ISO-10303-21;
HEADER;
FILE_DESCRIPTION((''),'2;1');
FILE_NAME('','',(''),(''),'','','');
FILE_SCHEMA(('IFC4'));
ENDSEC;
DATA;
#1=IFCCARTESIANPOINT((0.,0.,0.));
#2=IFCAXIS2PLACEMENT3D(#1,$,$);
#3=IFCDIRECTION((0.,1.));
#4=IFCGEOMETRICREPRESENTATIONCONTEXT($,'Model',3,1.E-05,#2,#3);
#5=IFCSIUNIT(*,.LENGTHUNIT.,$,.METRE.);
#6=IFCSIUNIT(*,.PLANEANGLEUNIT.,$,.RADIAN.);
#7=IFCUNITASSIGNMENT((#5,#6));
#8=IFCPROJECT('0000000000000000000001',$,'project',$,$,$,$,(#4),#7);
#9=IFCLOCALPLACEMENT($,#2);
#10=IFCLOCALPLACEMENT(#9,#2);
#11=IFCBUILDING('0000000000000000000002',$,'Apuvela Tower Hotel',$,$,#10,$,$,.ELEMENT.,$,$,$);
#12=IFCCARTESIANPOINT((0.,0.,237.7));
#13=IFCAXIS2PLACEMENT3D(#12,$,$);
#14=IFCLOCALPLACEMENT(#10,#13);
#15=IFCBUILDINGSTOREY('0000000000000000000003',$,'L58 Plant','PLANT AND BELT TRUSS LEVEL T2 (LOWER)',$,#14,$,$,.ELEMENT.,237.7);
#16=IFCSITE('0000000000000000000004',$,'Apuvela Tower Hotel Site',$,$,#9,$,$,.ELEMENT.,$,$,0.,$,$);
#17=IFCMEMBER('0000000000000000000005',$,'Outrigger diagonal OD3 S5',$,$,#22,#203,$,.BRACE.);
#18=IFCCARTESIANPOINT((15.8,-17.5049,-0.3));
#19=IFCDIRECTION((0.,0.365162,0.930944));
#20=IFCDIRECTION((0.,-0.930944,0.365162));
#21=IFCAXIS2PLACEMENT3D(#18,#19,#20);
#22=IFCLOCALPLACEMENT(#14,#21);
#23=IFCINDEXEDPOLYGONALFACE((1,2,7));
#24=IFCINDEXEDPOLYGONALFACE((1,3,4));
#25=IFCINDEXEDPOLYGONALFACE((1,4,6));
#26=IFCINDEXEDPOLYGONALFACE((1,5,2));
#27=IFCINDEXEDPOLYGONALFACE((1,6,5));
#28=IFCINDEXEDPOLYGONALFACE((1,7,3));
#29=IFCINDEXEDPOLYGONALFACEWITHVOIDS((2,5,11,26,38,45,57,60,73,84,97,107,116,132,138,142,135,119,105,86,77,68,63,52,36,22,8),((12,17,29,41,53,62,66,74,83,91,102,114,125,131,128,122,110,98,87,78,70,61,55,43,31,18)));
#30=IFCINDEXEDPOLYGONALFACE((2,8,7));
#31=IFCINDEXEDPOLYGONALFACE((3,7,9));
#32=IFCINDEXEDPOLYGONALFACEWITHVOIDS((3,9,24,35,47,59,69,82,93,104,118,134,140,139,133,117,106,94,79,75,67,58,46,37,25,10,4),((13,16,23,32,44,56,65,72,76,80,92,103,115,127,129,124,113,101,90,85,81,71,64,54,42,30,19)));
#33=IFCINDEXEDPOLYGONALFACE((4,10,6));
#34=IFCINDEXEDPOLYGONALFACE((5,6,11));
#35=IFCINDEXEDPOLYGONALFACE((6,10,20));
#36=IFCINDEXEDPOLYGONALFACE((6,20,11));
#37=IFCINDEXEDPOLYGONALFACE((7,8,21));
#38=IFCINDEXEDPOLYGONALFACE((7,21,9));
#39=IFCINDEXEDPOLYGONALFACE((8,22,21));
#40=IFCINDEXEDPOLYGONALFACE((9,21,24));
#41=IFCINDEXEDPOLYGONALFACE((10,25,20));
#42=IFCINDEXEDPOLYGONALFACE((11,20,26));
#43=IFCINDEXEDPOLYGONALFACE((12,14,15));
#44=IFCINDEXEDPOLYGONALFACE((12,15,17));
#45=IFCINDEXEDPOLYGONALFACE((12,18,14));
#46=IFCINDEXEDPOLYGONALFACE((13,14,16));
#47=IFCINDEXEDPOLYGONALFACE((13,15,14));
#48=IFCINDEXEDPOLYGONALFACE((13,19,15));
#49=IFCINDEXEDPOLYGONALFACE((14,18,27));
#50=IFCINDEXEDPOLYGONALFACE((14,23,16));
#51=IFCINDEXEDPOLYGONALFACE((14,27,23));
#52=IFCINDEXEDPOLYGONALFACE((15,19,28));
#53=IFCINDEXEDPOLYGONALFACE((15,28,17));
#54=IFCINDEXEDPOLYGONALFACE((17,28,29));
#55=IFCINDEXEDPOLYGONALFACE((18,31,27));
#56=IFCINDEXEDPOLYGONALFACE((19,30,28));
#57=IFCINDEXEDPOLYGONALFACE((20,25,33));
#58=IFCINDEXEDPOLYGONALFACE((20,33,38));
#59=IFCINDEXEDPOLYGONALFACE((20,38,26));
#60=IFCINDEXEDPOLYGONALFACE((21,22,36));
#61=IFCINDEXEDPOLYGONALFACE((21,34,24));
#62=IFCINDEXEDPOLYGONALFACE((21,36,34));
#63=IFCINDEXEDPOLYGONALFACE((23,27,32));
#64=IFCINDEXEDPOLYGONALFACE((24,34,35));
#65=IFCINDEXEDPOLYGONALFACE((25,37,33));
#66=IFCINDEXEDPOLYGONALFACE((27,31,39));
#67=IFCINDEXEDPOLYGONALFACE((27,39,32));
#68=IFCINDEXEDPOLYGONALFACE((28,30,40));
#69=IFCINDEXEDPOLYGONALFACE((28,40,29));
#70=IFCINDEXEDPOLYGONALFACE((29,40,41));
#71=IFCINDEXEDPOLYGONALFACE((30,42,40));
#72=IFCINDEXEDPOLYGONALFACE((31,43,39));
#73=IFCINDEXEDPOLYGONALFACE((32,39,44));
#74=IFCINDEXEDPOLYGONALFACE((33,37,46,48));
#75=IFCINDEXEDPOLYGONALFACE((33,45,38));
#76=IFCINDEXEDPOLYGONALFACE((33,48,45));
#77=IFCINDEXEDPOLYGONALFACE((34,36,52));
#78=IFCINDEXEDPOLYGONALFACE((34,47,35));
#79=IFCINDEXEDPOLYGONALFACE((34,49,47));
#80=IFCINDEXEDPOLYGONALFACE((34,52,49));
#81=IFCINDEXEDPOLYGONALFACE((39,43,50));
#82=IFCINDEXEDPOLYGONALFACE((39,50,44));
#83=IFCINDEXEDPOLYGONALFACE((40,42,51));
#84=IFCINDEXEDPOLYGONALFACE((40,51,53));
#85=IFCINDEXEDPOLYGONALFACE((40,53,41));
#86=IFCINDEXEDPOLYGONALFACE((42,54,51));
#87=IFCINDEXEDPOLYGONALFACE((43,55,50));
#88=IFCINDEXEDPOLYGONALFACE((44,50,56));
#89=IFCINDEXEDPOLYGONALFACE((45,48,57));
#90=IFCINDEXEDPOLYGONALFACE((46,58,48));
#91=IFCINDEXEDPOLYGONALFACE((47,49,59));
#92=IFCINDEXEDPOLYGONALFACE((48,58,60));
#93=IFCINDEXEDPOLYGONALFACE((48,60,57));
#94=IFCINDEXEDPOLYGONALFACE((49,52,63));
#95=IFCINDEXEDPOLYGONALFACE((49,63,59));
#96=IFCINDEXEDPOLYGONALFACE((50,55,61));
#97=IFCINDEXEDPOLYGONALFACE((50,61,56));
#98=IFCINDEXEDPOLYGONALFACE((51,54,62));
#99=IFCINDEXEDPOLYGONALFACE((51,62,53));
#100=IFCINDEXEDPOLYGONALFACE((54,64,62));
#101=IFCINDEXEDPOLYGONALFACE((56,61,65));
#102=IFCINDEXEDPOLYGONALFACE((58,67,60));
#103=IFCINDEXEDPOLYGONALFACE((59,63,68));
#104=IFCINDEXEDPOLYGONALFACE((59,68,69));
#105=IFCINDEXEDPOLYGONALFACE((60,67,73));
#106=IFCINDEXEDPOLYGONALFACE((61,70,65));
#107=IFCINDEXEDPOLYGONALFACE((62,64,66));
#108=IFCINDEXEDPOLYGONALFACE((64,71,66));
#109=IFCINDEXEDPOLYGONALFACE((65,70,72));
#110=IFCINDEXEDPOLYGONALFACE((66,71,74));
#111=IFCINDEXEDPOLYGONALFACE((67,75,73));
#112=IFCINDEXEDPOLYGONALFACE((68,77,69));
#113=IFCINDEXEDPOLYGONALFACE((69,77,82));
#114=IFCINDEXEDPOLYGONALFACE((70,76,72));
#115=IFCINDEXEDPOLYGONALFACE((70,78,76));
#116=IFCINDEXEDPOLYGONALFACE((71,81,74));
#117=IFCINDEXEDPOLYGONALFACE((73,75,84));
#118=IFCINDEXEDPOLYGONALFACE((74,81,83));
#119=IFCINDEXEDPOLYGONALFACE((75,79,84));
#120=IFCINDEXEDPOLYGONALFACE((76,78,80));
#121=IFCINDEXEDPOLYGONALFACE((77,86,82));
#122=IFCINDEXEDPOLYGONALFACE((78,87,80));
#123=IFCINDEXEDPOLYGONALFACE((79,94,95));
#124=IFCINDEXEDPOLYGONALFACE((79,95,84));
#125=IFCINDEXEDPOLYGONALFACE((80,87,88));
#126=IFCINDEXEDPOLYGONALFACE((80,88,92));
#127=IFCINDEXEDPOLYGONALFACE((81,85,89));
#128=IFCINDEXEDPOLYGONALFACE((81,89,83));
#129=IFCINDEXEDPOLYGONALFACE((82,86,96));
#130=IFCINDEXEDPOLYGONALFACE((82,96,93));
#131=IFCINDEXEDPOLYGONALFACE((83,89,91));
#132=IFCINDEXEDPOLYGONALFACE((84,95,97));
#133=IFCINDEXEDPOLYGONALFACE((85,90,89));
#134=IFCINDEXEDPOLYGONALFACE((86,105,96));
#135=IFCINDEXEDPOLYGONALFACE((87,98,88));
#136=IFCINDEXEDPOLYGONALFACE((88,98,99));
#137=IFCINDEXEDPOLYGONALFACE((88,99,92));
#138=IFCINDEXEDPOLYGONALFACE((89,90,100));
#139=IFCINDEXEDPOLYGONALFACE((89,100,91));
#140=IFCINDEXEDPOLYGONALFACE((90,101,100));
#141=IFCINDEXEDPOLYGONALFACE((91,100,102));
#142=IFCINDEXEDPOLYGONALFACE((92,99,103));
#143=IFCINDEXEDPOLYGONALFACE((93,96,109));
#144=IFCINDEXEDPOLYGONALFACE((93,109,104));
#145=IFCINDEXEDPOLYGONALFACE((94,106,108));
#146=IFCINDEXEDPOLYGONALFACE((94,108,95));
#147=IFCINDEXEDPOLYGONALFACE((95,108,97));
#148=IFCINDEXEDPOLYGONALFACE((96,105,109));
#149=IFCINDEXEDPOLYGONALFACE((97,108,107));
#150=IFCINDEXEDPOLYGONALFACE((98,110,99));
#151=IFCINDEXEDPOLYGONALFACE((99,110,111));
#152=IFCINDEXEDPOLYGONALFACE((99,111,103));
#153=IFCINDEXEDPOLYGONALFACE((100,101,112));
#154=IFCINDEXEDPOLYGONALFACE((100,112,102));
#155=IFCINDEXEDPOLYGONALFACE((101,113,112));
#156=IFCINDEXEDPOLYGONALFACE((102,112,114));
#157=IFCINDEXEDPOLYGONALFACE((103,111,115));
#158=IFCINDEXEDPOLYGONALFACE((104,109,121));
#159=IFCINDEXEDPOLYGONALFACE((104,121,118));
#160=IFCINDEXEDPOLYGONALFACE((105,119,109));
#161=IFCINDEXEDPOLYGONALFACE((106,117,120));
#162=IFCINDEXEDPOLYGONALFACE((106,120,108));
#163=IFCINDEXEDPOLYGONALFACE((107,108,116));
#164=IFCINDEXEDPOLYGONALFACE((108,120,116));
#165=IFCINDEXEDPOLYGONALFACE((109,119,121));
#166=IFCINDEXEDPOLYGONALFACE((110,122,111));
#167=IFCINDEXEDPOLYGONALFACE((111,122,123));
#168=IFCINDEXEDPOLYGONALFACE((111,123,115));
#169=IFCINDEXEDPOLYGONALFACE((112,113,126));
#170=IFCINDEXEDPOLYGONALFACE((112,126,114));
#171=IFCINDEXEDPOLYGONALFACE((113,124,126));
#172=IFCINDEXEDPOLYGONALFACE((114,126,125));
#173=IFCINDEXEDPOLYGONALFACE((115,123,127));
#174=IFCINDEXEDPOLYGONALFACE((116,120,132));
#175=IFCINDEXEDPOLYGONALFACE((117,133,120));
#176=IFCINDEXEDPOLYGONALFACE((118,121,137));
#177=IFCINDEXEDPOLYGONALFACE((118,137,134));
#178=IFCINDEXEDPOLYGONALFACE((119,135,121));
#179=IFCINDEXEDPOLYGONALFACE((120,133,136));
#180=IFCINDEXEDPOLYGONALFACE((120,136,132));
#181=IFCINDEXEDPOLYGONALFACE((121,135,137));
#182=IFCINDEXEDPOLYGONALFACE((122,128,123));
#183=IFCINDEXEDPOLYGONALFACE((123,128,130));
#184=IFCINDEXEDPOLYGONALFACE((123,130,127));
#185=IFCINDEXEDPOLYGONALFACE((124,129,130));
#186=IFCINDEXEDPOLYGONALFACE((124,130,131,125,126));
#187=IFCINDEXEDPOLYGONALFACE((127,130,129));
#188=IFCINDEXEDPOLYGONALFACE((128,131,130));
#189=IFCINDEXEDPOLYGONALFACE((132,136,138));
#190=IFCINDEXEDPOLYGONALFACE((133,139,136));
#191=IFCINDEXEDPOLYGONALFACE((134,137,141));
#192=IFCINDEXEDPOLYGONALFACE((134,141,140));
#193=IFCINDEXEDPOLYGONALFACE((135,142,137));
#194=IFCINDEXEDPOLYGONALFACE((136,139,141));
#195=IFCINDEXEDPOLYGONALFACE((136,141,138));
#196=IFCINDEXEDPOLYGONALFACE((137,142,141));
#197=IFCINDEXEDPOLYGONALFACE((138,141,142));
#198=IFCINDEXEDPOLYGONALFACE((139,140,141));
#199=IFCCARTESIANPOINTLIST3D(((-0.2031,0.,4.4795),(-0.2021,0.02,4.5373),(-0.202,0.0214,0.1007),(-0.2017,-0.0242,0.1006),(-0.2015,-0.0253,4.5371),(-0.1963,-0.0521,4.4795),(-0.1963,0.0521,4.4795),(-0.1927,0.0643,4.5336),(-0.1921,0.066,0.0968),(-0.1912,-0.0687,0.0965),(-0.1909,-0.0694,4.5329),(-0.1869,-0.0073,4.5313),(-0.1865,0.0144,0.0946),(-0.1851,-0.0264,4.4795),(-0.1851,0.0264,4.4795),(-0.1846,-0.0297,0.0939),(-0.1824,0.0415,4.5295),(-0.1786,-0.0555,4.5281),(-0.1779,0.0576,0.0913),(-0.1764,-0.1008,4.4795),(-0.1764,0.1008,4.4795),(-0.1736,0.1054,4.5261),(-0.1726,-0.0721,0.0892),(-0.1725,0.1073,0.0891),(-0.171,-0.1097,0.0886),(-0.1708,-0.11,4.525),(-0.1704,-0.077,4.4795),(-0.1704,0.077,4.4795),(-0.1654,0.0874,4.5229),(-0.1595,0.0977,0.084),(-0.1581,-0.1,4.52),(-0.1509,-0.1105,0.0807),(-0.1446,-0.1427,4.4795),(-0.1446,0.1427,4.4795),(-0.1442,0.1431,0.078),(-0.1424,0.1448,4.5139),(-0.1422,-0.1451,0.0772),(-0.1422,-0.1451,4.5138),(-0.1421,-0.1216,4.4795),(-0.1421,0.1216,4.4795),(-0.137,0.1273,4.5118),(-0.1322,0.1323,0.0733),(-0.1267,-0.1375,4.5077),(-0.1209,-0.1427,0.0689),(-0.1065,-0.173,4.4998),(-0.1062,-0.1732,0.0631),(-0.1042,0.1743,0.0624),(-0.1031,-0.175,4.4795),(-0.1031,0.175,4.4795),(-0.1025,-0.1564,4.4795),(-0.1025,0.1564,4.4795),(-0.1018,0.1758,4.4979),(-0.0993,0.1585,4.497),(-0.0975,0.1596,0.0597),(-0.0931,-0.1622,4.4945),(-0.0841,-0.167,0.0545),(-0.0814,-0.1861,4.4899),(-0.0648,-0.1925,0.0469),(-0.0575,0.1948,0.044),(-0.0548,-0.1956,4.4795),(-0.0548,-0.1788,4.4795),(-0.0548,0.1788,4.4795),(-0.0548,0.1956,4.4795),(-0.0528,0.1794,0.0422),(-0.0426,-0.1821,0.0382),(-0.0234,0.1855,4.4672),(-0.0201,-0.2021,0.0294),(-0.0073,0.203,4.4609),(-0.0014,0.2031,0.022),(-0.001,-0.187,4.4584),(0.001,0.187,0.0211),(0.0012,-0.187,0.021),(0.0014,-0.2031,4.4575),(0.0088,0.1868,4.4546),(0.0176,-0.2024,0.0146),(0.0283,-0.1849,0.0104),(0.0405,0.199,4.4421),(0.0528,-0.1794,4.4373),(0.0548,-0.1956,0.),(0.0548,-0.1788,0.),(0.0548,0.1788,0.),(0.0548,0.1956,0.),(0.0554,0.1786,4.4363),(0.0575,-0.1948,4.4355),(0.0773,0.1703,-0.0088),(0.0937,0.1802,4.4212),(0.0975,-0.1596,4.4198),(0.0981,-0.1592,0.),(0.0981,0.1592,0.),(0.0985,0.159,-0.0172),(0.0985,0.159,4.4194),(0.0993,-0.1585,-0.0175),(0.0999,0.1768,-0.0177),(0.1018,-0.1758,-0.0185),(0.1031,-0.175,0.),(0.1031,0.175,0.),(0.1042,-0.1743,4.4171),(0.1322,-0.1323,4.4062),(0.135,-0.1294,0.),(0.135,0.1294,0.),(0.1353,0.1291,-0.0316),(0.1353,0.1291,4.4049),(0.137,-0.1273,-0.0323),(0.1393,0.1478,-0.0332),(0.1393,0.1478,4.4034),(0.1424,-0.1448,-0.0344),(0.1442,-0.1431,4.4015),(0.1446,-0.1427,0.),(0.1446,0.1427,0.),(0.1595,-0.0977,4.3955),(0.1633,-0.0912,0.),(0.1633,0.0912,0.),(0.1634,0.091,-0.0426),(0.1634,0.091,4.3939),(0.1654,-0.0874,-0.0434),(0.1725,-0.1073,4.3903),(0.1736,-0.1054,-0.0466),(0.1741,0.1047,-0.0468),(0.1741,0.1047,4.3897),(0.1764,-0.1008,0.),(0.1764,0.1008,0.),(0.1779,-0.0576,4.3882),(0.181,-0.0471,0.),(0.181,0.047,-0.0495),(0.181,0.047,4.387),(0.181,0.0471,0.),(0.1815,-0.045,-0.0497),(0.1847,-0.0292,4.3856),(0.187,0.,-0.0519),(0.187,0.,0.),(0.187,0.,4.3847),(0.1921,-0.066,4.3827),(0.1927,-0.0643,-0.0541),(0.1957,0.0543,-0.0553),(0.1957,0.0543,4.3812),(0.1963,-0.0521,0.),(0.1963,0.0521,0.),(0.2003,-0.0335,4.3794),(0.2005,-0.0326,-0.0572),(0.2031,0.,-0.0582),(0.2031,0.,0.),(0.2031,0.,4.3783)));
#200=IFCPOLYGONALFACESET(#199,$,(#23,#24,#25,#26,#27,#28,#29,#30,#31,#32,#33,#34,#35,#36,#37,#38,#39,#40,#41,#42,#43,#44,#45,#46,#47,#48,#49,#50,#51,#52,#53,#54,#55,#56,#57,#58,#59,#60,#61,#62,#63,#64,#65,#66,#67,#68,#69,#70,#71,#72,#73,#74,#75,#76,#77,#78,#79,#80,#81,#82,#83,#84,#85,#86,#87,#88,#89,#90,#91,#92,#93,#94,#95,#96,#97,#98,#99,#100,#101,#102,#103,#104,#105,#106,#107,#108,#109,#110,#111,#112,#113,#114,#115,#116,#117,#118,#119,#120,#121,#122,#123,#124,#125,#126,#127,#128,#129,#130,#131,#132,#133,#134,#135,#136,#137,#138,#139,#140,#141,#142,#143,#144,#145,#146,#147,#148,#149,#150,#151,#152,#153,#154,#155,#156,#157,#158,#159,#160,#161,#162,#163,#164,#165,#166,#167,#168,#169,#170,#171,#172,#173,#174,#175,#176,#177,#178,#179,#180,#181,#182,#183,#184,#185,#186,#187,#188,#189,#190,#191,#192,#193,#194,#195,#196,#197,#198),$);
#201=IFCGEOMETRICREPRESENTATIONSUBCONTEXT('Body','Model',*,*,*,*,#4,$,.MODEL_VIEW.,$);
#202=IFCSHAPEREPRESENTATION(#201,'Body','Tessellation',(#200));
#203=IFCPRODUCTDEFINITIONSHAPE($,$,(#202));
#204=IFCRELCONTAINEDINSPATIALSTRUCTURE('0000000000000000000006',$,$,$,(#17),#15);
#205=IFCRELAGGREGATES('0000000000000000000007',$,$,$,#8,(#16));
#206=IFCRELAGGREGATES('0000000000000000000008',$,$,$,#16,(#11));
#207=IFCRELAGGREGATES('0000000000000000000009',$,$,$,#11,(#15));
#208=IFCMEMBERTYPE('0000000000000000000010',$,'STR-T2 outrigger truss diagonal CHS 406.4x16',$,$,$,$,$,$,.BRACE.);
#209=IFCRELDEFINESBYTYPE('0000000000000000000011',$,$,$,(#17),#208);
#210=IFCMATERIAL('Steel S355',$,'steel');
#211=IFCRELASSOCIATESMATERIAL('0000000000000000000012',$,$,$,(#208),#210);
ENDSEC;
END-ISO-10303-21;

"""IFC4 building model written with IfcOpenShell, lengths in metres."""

from ifc_helpers import new_model, si_unit, direction, frame, origin, origin_2d, place, context, subcontext, project, spatial, hollow_circle, extrude, boolean, halfspace, material, material_profile, profile_set, type_object, element, save


model = new_model("IFC4")

# Units and contexts
model_context = context("Model", 3, precision=1e-05, world=origin(), true_north=direction((0.0, 1.0)))
body_context = subcontext(model_context, "Body", "Model", "MODEL_VIEW")
ifc_project = project(units=[si_unit("LENGTHUNIT", "METRE"), si_unit("PLANEANGLEUNIT", "RADIAN")], contexts=[model_context])

# Site, building, storey
site_placement = place(None, origin())
site = spatial("IfcSite", under=ifc_project, at=site_placement, Name="Apuvela Tower Hotel Site", CompositionType="ELEMENT", RefElevation=0.0)
building_placement = place(site_placement, origin())
building = spatial("IfcBuilding", under=site, at=building_placement, Name="Apuvela Tower Hotel", CompositionType="ELEMENT")
storey_placement = place(building_placement, frame((0.0, 0.0, 237.7)))
storey = spatial("IfcBuildingStorey", under=building, at=storey_placement, Name="L58 Plant", Description="PLANT AND BELT TRUSS LEVEL T2 (LOWER)", CompositionType="ELEMENT", Elevation=237.7)

# Member
ifc_material_1 = material(Name="Steel S355", Category="steel")
ifc_material_profile_1 = material_profile(ifc_material_1, hollow_circle(Radius=0.2031, WallThickness=0.0161, at=origin_2d()), Name="CHS 406.4x16")
ifc_profile_set_1 = profile_set([ifc_material_profile_1], Name="Steel S355")
member_type_1 = type_object("IfcMemberType", Name="STR-T2 outrigger truss diagonal CHS 406.4x16", PredefinedType="BRACE", material=ifc_profile_set_1)
member_1_placement = place(storey_placement, frame((15.8, -17.5049, -0.3), z_axis=(0.0, 0.365162, 0.930944), x_axis=(0.0, -0.930944, 0.365162)))
solid_1 = boolean("DIFFERENCE", boolean("DIFFERENCE", extrude(hollow_circle(Radius=0.2031, WallThickness=0.0161, at=origin_2d()), frame((0.0, 0.0, -0.1997)), (0.0, 0.0, 1.0), 4.8789), halfspace(frame((0.0, 0.0, 0.0215), z_axis=(0.365162, 0.0, 0.930944), x_axis=(0.930944, 0.0, -0.365162)), True)), halfspace(frame((0.0, 0.0, 4.458), z_axis=(0.365162, 0.0, 0.930944), x_axis=(0.930944, 0.0, -0.365162)), False))
element("IfcMember", 1, at=member_1_placement, inside=storey, type_object=member_type_1, Name="Outrigger diagonal OD3 S5", PredefinedType="BRACE", context=body_context, shape_type="SweptSolid", body=[
    boolean("UNION", boolean("DIFFERENCE", boolean("DIFFERENCE", extrude(hollow_circle(Radius=0.2031, WallThickness=0.0161, at=origin_2d()), origin(), (0.0, 0.0, 1.0), 4.4795), halfspace(frame((0.0, 0.0, 0.0215), z_axis=(0.365162, 0.0, 0.930944), x_axis=(0.930944, 0.0, -0.365162)), True)), halfspace(frame((0.0, 0.0, 4.458), z_axis=(0.365162, 0.0, 0.930944), x_axis=(0.930944, 0.0, -0.365162)), False)), solid_1),
])

save(model, "model.ifc")
